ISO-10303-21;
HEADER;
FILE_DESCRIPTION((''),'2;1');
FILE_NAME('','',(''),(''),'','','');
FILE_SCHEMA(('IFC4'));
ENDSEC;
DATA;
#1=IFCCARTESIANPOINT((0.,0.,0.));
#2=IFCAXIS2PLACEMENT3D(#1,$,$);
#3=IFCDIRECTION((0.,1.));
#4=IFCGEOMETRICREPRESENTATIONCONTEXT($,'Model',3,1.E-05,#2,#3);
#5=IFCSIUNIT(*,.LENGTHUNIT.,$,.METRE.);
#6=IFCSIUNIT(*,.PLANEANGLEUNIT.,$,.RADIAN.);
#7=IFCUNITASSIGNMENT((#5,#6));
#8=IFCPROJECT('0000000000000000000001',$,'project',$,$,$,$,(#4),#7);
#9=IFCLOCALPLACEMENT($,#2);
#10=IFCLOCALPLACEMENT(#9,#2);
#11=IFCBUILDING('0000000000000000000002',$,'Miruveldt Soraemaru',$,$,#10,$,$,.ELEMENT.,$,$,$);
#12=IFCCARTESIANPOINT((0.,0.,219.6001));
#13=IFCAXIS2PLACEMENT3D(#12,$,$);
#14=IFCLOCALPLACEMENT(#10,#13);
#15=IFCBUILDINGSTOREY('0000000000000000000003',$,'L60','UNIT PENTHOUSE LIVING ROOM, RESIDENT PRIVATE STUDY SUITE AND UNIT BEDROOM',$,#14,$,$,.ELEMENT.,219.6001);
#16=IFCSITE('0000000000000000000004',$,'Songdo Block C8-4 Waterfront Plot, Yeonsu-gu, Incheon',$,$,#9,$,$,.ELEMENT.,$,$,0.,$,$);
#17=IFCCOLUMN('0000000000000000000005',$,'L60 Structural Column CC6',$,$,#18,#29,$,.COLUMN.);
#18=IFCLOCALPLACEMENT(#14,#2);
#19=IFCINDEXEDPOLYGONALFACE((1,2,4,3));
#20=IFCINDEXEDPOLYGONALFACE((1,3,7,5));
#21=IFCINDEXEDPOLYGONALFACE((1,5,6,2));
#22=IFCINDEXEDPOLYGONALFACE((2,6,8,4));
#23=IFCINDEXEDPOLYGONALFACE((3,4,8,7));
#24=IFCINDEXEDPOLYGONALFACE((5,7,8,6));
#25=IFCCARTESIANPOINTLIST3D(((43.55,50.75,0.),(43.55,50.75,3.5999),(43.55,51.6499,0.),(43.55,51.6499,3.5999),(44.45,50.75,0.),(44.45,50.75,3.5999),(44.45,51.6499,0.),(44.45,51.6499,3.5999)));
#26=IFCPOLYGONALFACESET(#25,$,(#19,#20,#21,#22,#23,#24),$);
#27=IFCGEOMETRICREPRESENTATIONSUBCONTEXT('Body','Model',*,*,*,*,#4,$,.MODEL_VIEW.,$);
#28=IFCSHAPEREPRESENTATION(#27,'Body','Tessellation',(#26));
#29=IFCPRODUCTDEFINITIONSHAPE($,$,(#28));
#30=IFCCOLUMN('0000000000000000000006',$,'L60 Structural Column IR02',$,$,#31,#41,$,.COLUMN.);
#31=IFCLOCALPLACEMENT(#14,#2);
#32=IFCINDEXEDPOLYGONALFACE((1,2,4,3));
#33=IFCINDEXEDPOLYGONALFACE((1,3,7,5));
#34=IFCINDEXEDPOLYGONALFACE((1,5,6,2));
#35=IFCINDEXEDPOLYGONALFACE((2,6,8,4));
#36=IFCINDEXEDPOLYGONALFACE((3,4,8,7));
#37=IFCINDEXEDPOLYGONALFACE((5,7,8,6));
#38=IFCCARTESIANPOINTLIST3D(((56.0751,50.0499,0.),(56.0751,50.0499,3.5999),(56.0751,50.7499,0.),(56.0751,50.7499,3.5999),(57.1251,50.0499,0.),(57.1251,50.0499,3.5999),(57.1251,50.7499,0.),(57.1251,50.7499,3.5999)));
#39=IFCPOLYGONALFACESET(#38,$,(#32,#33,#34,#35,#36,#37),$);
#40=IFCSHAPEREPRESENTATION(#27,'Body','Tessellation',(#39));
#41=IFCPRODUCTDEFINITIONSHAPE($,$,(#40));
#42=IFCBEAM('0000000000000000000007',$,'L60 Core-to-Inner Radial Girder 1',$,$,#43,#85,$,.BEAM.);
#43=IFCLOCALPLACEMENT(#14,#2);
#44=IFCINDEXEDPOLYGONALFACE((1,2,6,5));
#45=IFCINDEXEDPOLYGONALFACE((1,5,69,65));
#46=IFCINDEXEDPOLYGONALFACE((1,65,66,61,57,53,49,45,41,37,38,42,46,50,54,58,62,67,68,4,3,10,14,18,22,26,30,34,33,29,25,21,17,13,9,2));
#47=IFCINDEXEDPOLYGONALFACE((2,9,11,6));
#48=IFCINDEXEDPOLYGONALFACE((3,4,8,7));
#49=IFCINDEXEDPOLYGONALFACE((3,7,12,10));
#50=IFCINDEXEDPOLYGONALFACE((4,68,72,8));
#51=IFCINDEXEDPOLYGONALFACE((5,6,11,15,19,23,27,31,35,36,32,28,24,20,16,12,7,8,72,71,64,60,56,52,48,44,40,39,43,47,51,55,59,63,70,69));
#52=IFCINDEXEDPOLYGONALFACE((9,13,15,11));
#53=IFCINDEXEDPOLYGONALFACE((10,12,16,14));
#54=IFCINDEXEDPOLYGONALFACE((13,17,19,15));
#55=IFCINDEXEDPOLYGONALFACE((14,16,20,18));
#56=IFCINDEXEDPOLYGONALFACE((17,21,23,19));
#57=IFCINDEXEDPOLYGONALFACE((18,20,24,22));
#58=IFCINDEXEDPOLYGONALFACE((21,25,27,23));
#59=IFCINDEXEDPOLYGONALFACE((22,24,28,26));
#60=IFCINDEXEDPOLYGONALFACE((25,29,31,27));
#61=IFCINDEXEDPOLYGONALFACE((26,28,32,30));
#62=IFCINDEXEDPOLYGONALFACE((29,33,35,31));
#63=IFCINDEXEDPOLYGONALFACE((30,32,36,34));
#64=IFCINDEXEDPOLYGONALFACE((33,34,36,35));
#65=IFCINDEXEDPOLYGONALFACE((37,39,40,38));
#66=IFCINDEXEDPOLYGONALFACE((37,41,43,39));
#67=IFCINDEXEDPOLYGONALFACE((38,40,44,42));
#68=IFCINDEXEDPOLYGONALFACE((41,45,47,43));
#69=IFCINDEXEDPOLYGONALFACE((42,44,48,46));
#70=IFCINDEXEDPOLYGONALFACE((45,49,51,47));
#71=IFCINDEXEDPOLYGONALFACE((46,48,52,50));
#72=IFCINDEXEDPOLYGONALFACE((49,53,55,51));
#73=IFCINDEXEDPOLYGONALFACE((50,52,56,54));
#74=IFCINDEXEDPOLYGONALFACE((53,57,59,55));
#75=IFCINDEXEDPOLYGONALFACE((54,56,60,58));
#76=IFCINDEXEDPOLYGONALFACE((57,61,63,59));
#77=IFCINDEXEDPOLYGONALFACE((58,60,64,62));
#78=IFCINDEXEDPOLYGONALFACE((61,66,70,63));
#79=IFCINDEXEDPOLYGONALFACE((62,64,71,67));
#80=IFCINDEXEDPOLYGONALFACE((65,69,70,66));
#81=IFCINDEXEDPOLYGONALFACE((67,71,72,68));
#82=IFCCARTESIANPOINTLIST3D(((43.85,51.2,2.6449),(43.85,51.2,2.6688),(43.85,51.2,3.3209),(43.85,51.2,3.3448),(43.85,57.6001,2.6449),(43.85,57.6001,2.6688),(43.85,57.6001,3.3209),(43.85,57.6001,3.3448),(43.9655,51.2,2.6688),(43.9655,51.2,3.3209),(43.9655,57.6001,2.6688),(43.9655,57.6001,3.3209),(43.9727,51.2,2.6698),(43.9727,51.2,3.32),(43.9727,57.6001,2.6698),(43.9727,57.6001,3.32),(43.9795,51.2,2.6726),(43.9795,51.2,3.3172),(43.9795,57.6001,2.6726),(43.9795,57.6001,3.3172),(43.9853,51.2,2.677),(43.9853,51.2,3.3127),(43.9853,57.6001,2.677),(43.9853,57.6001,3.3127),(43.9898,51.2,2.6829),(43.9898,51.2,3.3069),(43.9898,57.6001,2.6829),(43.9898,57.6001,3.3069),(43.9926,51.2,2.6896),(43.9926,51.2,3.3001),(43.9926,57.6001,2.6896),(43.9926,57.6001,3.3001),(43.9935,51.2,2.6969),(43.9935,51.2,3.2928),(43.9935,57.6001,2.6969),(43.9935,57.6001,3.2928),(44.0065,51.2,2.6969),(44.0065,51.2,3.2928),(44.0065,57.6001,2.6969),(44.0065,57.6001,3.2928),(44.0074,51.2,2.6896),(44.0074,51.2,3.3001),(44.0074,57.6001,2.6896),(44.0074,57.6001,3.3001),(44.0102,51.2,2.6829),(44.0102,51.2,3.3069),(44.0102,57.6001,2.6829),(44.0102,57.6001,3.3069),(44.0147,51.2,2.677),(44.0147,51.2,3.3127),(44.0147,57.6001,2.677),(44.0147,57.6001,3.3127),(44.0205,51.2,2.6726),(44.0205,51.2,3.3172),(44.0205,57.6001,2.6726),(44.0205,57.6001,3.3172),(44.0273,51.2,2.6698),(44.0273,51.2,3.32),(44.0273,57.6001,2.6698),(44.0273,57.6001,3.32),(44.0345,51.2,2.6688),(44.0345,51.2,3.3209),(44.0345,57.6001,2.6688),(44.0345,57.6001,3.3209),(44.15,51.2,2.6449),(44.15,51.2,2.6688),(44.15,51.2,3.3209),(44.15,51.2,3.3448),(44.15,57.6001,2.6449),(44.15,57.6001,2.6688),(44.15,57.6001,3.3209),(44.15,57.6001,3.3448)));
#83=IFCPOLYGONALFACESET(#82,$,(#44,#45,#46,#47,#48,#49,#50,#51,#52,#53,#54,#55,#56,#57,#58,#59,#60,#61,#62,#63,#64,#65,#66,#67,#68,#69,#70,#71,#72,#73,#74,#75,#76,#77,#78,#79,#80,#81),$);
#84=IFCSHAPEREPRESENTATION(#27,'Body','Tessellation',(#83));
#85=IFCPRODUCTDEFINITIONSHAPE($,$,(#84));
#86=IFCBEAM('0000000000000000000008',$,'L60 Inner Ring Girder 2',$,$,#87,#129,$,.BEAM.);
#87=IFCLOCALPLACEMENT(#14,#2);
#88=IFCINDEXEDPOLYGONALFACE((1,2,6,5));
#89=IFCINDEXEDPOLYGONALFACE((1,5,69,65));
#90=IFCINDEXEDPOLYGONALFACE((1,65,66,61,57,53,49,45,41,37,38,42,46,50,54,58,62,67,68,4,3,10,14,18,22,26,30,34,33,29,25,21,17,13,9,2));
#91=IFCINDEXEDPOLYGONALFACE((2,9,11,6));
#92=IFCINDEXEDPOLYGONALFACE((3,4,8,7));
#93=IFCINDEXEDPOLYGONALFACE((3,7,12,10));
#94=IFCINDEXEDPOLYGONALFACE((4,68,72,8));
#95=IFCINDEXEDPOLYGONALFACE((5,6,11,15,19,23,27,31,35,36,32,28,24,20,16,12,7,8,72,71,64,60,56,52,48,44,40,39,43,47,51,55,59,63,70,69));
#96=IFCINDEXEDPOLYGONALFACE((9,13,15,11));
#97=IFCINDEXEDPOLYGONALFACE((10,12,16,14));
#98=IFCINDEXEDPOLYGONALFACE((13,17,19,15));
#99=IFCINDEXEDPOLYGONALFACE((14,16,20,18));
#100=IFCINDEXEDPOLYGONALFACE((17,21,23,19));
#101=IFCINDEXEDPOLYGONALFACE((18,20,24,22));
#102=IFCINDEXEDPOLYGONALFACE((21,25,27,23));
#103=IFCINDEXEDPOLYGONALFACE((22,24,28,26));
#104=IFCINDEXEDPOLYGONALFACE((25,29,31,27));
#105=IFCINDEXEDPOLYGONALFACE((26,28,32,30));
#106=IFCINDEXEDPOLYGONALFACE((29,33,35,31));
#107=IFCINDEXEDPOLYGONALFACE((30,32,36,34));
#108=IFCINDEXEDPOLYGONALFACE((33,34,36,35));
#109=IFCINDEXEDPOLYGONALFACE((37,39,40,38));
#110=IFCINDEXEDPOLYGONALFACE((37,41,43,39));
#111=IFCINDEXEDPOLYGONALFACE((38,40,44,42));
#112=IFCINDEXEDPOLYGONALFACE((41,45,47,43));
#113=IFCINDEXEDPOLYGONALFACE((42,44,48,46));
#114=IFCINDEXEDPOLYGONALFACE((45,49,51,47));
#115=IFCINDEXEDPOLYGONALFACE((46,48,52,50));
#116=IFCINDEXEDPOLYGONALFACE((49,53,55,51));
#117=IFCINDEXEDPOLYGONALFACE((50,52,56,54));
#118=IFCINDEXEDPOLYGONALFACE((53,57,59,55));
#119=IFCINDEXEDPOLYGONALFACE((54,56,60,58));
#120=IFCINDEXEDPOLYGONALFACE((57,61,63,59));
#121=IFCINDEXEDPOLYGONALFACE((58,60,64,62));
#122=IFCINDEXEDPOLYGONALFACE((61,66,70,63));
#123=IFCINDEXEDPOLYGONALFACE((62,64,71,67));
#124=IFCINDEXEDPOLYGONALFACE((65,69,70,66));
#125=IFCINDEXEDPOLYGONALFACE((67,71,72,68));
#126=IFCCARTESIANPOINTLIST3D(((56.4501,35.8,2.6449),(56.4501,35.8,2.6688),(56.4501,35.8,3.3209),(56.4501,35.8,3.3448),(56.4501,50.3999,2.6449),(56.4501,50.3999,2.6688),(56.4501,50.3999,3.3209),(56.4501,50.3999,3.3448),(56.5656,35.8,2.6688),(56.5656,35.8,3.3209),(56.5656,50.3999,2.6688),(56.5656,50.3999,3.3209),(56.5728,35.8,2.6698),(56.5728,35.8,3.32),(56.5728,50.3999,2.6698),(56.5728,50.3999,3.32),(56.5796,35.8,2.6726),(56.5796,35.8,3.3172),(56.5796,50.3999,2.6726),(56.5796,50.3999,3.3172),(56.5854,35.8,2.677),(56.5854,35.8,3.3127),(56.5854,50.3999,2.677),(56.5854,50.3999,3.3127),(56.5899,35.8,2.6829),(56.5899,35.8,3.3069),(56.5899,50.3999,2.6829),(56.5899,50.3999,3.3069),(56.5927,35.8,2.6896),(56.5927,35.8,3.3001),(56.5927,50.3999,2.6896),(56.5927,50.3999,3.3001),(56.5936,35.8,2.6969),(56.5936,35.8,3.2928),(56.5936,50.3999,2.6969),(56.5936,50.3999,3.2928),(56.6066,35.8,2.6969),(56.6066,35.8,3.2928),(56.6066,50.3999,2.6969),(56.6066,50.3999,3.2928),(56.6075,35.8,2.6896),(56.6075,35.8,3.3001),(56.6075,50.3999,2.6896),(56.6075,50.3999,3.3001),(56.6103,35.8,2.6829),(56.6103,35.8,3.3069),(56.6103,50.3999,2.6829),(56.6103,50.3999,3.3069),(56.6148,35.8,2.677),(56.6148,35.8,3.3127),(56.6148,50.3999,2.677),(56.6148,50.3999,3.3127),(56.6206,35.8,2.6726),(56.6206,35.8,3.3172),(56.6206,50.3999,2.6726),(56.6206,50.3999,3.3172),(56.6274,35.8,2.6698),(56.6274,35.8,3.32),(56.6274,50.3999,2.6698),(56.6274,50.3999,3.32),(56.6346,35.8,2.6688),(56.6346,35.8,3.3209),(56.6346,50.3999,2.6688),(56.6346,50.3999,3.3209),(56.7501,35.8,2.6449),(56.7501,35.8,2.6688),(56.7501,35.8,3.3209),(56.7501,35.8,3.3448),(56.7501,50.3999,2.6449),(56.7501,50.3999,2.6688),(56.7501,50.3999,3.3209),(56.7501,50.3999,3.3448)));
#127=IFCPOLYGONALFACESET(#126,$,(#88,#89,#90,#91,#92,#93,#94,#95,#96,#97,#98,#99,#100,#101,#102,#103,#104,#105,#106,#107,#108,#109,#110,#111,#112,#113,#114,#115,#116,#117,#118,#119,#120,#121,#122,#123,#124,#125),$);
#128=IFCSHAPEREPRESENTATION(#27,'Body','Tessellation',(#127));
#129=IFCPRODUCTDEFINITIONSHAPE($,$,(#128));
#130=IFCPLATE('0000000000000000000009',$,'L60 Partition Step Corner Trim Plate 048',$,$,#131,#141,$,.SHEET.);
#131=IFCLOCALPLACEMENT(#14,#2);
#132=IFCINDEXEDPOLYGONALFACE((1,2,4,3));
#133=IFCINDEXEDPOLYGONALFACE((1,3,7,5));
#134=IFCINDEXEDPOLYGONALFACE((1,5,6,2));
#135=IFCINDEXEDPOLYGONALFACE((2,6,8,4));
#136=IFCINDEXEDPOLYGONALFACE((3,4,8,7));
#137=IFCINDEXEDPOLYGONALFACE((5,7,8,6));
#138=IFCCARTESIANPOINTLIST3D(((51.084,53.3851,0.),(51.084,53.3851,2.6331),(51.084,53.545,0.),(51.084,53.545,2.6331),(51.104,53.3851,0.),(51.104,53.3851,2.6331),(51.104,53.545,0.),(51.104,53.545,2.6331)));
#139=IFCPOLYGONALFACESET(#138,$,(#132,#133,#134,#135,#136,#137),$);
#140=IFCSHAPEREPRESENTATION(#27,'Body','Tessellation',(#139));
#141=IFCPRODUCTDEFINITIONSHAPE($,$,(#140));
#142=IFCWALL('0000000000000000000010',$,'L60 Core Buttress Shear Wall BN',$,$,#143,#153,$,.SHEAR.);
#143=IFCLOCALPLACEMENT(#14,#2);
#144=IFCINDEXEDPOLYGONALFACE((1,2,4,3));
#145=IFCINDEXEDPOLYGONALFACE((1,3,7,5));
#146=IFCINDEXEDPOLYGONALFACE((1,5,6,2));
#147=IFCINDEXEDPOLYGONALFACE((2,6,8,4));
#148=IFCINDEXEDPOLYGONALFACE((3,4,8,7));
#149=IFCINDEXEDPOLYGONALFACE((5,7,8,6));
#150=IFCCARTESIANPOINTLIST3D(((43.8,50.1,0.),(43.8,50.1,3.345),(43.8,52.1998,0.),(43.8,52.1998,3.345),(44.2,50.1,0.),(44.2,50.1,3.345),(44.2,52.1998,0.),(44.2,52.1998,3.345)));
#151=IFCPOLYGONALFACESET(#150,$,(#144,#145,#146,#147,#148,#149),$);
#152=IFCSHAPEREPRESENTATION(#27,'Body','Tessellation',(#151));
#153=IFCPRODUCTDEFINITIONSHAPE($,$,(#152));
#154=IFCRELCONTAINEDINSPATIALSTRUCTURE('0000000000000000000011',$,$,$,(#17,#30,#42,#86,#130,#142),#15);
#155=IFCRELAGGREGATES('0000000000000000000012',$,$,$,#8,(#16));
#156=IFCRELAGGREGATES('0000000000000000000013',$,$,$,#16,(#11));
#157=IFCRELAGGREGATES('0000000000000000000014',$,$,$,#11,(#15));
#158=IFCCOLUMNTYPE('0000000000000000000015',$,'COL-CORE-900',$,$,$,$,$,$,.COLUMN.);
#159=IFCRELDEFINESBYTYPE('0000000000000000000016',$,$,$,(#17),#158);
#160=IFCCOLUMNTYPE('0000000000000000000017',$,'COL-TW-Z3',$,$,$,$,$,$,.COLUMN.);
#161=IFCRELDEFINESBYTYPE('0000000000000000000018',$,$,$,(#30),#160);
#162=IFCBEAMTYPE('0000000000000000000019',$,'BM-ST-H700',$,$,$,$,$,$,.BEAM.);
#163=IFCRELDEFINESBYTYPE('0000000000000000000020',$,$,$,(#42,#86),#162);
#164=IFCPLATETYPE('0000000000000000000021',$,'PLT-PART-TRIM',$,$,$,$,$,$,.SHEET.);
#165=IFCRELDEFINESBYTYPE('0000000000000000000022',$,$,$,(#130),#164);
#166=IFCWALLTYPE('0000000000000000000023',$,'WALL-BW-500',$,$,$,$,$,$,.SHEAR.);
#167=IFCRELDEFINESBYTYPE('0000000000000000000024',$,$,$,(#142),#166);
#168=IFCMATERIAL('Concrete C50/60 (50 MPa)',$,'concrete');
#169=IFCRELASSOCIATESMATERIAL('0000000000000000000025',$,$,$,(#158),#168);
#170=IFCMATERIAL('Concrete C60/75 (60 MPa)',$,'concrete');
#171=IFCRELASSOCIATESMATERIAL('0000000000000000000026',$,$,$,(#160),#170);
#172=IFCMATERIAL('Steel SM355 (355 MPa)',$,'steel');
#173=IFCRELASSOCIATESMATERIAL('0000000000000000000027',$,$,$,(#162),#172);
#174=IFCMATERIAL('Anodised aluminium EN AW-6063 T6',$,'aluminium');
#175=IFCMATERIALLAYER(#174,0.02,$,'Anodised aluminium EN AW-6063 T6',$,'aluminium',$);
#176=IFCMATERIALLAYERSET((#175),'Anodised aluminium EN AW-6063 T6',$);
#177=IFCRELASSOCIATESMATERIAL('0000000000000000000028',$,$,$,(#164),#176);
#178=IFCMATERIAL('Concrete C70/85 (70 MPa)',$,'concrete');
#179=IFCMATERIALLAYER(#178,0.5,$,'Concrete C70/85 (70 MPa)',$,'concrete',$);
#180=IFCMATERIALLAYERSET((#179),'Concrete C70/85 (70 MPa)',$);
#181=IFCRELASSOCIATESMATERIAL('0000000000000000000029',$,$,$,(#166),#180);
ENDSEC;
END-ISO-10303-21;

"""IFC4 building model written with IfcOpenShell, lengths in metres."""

from ifc_helpers import new_model, si_unit, direction, frame, frame_2d, origin, origin_2d, place, context, subcontext, project, spatial, rectangle, i_section, extrude, material, layer, layer_set, material_profile, profile_set, type_object, element, save


model = new_model("IFC4")

# Units and contexts
model_context = context("Model", 3, precision=1e-05, world=origin(), true_north=direction((0.0, 1.0)))
body_context = subcontext(model_context, "Body", "Model", "MODEL_VIEW")
ifc_project = project(units=[si_unit("LENGTHUNIT", "METRE"), si_unit("PLANEANGLEUNIT", "RADIAN")], contexts=[model_context])

# Site, building, storey
site_placement = place(None, origin())
site = spatial("IfcSite", under=ifc_project, at=site_placement, Name="Songdo Block C8-4 Waterfront Plot, Yeonsu-gu, Incheon", CompositionType="ELEMENT", RefElevation=0.0)
building_placement = place(site_placement, origin())
building = spatial("IfcBuilding", under=site, at=building_placement, Name="Miruveldt Soraemaru", CompositionType="ELEMENT")
storey_placement = place(building_placement, frame((0.0, 0.0, 219.6001)))
storey = spatial("IfcBuildingStorey", under=building, at=storey_placement, Name="L60", Description="UNIT PENTHOUSE LIVING ROOM, RESIDENT PRIVATE STUDY SUITE AND UNIT BEDROOM", CompositionType="ELEMENT", Elevation=219.6001)

# Columns
ifc_material_1 = material(Name="Concrete C50/60 (50 MPa)", Category="concrete")
ifc_material_profile_1 = material_profile(ifc_material_1, rectangle(XDim=0.8999, YDim=0.8999, at=origin_2d()), Name="Concrete C50/60 (50 MPa)", Category="concrete")
ifc_profile_set_1 = profile_set([ifc_material_profile_1], Name="Concrete C50/60 (50 MPa)")
column_type_1 = type_object("IfcColumnType", Name="COL-CORE-900", PredefinedType="COLUMN", material=ifc_profile_set_1)
column_1_placement = place(storey_placement, frame((44.0, 51.2, 0.0), z_axis=(0.0, 0.0, 1.0), x_axis=(1.0, 0.0, 0.0)))
element("IfcColumn", 1, at=column_1_placement, inside=storey, type_object=column_type_1, Name="L60 Structural Column CC6", PredefinedType="COLUMN", context=body_context, shape_type="SweptSolid", body=[
    extrude(rectangle(XDim=0.8999, YDim=0.8999, at=origin_2d()), origin(), (0.0, 0.0, 1.0), 3.5999),
])
ifc_material_2 = material(Name="Concrete C60/75 (60 MPa)", Category="concrete")
ifc_material_profile_2 = material_profile(ifc_material_2, rectangle(XDim=1.05, YDim=0.7, at=origin_2d()), Name="Concrete C60/75 (60 MPa)", Category="concrete")
ifc_profile_set_2 = profile_set([ifc_material_profile_2], Name="Concrete C60/75 (60 MPa)")
column_type_2 = type_object("IfcColumnType", Name="COL-TW-Z3", PredefinedType="COLUMN", material=ifc_profile_set_2)
column_2_placement = place(storey_placement, frame((56.6001, 50.3999, 0.0), z_axis=(0.0, 0.0, 1.0), x_axis=(1.0, 0.0, 0.0)))
element("IfcColumn", 2, at=column_2_placement, inside=storey, type_object=column_type_2, Name="L60 Structural Column IR02", PredefinedType="COLUMN", context=body_context, shape_type="SweptSolid", body=[
    extrude(rectangle(XDim=1.05, YDim=0.7, at=origin_2d()), origin(), (0.0, 0.0, 1.0), 3.5999),
])

# Beams
ifc_material_3 = material(Name="Steel SM355 (355 MPa)", Category="steel")
ifc_material_profile_3 = material_profile(ifc_material_3, i_section(OverallWidth=0.3, OverallDepth=0.7, WebThickness=0.0129, FlangeThickness=0.0239, FilletRadius=0.0281, at=origin_2d()), Name="Steel SM355 (355 MPa)", Category="steel")
ifc_profile_set_3 = profile_set([ifc_material_profile_3], Name="Steel SM355 (355 MPa)")
beam_type = type_object("IfcBeamType", Name="BM-ST-H700", PredefinedType="BEAM", material=ifc_profile_set_3)
beam_1_placement = place(storey_placement, frame((44.0, 51.2, 2.9949), z_axis=(0.0, 1.0, 0.0), x_axis=(-1.0, 0.0, 0.0)))
element("IfcBeam", 3, at=beam_1_placement, inside=storey, type_object=beam_type, Name="L60 Core-to-Inner Radial Girder 1", PredefinedType="BEAM", context=body_context, shape_type="SweptSolid", body=[
    extrude(i_section(OverallWidth=0.3, OverallDepth=0.7, WebThickness=0.0129, FlangeThickness=0.0239, FilletRadius=0.0281, at=origin_2d()), origin(), (0.0, 0.0, 1.0), 6.4001),
])
beam_2_placement = place(storey_placement, frame((56.6001, 50.3999, 2.9949), z_axis=(0.0, -1.0, 0.0), x_axis=(1.0, 0.0, 0.0)))
element("IfcBeam", 4, at=beam_2_placement, inside=storey, type_object=beam_type, Name="L60 Inner Ring Girder 2", PredefinedType="BEAM", context=body_context, shape_type="SweptSolid", body=[
    extrude(i_section(OverallWidth=0.3, OverallDepth=0.7, WebThickness=0.0129, FlangeThickness=0.0239, FilletRadius=0.0281, at=origin_2d()), origin(), (0.0, 0.0, 1.0), 14.5999),
])

# Plate
ifc_material_4 = material(Name="Anodised aluminium EN AW-6063 T6", Category="aluminium")
ifc_layer_1 = layer(ifc_material_4, 0.02, Name="Anodised aluminium EN AW-6063 T6", Category="aluminium")
ifc_layer_set_1 = layer_set([ifc_layer_1], Name="Anodised aluminium EN AW-6063 T6")
plate_type = type_object("IfcPlateType", Name="PLT-PART-TRIM", PredefinedType="SHEET", material=ifc_layer_set_1)
plate_placement = place(storey_placement, frame((51.094, 53.4651, 0.0), z_axis=(0.0, 0.0, 1.0), x_axis=(0.0, -1.0, 0.0)))
element("IfcPlate", 5, at=plate_placement, inside=storey, type_object=plate_type, Name="L60 Partition Step Corner Trim Plate 048", PredefinedType="SHEET", context=body_context, shape_type="SweptSolid", body=[
    extrude(rectangle(XDim=0.1599, YDim=0.02, at=origin_2d()), origin(), (0.0, 0.0, 1.0), 2.6331),
])

# Wall
ifc_material_5 = material(Name="Concrete C70/85 (70 MPa)", Category="concrete")
ifc_layer_2 = layer(ifc_material_5, 0.5, Name="Concrete C70/85 (70 MPa)", Category="concrete")
ifc_layer_set_2 = layer_set([ifc_layer_2], Name="Concrete C70/85 (70 MPa)")
wall_type_1 = type_object("IfcWallType", Name="WALL-BW-500", PredefinedType="SHEAR", material=ifc_layer_set_2)
wall_1_placement = place(storey_placement, frame((44.0, 50.1001, 0.0), z_axis=(0.0, 0.0, 1.0), x_axis=(0.0, 1.0, 0.0)))
element("IfcWall", 6, at=wall_1_placement, inside=storey, type_object=wall_type_1, Name="L60 Core Buttress Shear Wall BN", PredefinedType="SHEAR", context=body_context, shape_type="SweptSolid", body=[
    extrude(rectangle(XDim=2.0999, YDim=0.3999, at=frame_2d((1.0498, 0.0))), origin(), (0.0, 0.0, 1.0), 3.345),
])

save(model, "model.ifc")
